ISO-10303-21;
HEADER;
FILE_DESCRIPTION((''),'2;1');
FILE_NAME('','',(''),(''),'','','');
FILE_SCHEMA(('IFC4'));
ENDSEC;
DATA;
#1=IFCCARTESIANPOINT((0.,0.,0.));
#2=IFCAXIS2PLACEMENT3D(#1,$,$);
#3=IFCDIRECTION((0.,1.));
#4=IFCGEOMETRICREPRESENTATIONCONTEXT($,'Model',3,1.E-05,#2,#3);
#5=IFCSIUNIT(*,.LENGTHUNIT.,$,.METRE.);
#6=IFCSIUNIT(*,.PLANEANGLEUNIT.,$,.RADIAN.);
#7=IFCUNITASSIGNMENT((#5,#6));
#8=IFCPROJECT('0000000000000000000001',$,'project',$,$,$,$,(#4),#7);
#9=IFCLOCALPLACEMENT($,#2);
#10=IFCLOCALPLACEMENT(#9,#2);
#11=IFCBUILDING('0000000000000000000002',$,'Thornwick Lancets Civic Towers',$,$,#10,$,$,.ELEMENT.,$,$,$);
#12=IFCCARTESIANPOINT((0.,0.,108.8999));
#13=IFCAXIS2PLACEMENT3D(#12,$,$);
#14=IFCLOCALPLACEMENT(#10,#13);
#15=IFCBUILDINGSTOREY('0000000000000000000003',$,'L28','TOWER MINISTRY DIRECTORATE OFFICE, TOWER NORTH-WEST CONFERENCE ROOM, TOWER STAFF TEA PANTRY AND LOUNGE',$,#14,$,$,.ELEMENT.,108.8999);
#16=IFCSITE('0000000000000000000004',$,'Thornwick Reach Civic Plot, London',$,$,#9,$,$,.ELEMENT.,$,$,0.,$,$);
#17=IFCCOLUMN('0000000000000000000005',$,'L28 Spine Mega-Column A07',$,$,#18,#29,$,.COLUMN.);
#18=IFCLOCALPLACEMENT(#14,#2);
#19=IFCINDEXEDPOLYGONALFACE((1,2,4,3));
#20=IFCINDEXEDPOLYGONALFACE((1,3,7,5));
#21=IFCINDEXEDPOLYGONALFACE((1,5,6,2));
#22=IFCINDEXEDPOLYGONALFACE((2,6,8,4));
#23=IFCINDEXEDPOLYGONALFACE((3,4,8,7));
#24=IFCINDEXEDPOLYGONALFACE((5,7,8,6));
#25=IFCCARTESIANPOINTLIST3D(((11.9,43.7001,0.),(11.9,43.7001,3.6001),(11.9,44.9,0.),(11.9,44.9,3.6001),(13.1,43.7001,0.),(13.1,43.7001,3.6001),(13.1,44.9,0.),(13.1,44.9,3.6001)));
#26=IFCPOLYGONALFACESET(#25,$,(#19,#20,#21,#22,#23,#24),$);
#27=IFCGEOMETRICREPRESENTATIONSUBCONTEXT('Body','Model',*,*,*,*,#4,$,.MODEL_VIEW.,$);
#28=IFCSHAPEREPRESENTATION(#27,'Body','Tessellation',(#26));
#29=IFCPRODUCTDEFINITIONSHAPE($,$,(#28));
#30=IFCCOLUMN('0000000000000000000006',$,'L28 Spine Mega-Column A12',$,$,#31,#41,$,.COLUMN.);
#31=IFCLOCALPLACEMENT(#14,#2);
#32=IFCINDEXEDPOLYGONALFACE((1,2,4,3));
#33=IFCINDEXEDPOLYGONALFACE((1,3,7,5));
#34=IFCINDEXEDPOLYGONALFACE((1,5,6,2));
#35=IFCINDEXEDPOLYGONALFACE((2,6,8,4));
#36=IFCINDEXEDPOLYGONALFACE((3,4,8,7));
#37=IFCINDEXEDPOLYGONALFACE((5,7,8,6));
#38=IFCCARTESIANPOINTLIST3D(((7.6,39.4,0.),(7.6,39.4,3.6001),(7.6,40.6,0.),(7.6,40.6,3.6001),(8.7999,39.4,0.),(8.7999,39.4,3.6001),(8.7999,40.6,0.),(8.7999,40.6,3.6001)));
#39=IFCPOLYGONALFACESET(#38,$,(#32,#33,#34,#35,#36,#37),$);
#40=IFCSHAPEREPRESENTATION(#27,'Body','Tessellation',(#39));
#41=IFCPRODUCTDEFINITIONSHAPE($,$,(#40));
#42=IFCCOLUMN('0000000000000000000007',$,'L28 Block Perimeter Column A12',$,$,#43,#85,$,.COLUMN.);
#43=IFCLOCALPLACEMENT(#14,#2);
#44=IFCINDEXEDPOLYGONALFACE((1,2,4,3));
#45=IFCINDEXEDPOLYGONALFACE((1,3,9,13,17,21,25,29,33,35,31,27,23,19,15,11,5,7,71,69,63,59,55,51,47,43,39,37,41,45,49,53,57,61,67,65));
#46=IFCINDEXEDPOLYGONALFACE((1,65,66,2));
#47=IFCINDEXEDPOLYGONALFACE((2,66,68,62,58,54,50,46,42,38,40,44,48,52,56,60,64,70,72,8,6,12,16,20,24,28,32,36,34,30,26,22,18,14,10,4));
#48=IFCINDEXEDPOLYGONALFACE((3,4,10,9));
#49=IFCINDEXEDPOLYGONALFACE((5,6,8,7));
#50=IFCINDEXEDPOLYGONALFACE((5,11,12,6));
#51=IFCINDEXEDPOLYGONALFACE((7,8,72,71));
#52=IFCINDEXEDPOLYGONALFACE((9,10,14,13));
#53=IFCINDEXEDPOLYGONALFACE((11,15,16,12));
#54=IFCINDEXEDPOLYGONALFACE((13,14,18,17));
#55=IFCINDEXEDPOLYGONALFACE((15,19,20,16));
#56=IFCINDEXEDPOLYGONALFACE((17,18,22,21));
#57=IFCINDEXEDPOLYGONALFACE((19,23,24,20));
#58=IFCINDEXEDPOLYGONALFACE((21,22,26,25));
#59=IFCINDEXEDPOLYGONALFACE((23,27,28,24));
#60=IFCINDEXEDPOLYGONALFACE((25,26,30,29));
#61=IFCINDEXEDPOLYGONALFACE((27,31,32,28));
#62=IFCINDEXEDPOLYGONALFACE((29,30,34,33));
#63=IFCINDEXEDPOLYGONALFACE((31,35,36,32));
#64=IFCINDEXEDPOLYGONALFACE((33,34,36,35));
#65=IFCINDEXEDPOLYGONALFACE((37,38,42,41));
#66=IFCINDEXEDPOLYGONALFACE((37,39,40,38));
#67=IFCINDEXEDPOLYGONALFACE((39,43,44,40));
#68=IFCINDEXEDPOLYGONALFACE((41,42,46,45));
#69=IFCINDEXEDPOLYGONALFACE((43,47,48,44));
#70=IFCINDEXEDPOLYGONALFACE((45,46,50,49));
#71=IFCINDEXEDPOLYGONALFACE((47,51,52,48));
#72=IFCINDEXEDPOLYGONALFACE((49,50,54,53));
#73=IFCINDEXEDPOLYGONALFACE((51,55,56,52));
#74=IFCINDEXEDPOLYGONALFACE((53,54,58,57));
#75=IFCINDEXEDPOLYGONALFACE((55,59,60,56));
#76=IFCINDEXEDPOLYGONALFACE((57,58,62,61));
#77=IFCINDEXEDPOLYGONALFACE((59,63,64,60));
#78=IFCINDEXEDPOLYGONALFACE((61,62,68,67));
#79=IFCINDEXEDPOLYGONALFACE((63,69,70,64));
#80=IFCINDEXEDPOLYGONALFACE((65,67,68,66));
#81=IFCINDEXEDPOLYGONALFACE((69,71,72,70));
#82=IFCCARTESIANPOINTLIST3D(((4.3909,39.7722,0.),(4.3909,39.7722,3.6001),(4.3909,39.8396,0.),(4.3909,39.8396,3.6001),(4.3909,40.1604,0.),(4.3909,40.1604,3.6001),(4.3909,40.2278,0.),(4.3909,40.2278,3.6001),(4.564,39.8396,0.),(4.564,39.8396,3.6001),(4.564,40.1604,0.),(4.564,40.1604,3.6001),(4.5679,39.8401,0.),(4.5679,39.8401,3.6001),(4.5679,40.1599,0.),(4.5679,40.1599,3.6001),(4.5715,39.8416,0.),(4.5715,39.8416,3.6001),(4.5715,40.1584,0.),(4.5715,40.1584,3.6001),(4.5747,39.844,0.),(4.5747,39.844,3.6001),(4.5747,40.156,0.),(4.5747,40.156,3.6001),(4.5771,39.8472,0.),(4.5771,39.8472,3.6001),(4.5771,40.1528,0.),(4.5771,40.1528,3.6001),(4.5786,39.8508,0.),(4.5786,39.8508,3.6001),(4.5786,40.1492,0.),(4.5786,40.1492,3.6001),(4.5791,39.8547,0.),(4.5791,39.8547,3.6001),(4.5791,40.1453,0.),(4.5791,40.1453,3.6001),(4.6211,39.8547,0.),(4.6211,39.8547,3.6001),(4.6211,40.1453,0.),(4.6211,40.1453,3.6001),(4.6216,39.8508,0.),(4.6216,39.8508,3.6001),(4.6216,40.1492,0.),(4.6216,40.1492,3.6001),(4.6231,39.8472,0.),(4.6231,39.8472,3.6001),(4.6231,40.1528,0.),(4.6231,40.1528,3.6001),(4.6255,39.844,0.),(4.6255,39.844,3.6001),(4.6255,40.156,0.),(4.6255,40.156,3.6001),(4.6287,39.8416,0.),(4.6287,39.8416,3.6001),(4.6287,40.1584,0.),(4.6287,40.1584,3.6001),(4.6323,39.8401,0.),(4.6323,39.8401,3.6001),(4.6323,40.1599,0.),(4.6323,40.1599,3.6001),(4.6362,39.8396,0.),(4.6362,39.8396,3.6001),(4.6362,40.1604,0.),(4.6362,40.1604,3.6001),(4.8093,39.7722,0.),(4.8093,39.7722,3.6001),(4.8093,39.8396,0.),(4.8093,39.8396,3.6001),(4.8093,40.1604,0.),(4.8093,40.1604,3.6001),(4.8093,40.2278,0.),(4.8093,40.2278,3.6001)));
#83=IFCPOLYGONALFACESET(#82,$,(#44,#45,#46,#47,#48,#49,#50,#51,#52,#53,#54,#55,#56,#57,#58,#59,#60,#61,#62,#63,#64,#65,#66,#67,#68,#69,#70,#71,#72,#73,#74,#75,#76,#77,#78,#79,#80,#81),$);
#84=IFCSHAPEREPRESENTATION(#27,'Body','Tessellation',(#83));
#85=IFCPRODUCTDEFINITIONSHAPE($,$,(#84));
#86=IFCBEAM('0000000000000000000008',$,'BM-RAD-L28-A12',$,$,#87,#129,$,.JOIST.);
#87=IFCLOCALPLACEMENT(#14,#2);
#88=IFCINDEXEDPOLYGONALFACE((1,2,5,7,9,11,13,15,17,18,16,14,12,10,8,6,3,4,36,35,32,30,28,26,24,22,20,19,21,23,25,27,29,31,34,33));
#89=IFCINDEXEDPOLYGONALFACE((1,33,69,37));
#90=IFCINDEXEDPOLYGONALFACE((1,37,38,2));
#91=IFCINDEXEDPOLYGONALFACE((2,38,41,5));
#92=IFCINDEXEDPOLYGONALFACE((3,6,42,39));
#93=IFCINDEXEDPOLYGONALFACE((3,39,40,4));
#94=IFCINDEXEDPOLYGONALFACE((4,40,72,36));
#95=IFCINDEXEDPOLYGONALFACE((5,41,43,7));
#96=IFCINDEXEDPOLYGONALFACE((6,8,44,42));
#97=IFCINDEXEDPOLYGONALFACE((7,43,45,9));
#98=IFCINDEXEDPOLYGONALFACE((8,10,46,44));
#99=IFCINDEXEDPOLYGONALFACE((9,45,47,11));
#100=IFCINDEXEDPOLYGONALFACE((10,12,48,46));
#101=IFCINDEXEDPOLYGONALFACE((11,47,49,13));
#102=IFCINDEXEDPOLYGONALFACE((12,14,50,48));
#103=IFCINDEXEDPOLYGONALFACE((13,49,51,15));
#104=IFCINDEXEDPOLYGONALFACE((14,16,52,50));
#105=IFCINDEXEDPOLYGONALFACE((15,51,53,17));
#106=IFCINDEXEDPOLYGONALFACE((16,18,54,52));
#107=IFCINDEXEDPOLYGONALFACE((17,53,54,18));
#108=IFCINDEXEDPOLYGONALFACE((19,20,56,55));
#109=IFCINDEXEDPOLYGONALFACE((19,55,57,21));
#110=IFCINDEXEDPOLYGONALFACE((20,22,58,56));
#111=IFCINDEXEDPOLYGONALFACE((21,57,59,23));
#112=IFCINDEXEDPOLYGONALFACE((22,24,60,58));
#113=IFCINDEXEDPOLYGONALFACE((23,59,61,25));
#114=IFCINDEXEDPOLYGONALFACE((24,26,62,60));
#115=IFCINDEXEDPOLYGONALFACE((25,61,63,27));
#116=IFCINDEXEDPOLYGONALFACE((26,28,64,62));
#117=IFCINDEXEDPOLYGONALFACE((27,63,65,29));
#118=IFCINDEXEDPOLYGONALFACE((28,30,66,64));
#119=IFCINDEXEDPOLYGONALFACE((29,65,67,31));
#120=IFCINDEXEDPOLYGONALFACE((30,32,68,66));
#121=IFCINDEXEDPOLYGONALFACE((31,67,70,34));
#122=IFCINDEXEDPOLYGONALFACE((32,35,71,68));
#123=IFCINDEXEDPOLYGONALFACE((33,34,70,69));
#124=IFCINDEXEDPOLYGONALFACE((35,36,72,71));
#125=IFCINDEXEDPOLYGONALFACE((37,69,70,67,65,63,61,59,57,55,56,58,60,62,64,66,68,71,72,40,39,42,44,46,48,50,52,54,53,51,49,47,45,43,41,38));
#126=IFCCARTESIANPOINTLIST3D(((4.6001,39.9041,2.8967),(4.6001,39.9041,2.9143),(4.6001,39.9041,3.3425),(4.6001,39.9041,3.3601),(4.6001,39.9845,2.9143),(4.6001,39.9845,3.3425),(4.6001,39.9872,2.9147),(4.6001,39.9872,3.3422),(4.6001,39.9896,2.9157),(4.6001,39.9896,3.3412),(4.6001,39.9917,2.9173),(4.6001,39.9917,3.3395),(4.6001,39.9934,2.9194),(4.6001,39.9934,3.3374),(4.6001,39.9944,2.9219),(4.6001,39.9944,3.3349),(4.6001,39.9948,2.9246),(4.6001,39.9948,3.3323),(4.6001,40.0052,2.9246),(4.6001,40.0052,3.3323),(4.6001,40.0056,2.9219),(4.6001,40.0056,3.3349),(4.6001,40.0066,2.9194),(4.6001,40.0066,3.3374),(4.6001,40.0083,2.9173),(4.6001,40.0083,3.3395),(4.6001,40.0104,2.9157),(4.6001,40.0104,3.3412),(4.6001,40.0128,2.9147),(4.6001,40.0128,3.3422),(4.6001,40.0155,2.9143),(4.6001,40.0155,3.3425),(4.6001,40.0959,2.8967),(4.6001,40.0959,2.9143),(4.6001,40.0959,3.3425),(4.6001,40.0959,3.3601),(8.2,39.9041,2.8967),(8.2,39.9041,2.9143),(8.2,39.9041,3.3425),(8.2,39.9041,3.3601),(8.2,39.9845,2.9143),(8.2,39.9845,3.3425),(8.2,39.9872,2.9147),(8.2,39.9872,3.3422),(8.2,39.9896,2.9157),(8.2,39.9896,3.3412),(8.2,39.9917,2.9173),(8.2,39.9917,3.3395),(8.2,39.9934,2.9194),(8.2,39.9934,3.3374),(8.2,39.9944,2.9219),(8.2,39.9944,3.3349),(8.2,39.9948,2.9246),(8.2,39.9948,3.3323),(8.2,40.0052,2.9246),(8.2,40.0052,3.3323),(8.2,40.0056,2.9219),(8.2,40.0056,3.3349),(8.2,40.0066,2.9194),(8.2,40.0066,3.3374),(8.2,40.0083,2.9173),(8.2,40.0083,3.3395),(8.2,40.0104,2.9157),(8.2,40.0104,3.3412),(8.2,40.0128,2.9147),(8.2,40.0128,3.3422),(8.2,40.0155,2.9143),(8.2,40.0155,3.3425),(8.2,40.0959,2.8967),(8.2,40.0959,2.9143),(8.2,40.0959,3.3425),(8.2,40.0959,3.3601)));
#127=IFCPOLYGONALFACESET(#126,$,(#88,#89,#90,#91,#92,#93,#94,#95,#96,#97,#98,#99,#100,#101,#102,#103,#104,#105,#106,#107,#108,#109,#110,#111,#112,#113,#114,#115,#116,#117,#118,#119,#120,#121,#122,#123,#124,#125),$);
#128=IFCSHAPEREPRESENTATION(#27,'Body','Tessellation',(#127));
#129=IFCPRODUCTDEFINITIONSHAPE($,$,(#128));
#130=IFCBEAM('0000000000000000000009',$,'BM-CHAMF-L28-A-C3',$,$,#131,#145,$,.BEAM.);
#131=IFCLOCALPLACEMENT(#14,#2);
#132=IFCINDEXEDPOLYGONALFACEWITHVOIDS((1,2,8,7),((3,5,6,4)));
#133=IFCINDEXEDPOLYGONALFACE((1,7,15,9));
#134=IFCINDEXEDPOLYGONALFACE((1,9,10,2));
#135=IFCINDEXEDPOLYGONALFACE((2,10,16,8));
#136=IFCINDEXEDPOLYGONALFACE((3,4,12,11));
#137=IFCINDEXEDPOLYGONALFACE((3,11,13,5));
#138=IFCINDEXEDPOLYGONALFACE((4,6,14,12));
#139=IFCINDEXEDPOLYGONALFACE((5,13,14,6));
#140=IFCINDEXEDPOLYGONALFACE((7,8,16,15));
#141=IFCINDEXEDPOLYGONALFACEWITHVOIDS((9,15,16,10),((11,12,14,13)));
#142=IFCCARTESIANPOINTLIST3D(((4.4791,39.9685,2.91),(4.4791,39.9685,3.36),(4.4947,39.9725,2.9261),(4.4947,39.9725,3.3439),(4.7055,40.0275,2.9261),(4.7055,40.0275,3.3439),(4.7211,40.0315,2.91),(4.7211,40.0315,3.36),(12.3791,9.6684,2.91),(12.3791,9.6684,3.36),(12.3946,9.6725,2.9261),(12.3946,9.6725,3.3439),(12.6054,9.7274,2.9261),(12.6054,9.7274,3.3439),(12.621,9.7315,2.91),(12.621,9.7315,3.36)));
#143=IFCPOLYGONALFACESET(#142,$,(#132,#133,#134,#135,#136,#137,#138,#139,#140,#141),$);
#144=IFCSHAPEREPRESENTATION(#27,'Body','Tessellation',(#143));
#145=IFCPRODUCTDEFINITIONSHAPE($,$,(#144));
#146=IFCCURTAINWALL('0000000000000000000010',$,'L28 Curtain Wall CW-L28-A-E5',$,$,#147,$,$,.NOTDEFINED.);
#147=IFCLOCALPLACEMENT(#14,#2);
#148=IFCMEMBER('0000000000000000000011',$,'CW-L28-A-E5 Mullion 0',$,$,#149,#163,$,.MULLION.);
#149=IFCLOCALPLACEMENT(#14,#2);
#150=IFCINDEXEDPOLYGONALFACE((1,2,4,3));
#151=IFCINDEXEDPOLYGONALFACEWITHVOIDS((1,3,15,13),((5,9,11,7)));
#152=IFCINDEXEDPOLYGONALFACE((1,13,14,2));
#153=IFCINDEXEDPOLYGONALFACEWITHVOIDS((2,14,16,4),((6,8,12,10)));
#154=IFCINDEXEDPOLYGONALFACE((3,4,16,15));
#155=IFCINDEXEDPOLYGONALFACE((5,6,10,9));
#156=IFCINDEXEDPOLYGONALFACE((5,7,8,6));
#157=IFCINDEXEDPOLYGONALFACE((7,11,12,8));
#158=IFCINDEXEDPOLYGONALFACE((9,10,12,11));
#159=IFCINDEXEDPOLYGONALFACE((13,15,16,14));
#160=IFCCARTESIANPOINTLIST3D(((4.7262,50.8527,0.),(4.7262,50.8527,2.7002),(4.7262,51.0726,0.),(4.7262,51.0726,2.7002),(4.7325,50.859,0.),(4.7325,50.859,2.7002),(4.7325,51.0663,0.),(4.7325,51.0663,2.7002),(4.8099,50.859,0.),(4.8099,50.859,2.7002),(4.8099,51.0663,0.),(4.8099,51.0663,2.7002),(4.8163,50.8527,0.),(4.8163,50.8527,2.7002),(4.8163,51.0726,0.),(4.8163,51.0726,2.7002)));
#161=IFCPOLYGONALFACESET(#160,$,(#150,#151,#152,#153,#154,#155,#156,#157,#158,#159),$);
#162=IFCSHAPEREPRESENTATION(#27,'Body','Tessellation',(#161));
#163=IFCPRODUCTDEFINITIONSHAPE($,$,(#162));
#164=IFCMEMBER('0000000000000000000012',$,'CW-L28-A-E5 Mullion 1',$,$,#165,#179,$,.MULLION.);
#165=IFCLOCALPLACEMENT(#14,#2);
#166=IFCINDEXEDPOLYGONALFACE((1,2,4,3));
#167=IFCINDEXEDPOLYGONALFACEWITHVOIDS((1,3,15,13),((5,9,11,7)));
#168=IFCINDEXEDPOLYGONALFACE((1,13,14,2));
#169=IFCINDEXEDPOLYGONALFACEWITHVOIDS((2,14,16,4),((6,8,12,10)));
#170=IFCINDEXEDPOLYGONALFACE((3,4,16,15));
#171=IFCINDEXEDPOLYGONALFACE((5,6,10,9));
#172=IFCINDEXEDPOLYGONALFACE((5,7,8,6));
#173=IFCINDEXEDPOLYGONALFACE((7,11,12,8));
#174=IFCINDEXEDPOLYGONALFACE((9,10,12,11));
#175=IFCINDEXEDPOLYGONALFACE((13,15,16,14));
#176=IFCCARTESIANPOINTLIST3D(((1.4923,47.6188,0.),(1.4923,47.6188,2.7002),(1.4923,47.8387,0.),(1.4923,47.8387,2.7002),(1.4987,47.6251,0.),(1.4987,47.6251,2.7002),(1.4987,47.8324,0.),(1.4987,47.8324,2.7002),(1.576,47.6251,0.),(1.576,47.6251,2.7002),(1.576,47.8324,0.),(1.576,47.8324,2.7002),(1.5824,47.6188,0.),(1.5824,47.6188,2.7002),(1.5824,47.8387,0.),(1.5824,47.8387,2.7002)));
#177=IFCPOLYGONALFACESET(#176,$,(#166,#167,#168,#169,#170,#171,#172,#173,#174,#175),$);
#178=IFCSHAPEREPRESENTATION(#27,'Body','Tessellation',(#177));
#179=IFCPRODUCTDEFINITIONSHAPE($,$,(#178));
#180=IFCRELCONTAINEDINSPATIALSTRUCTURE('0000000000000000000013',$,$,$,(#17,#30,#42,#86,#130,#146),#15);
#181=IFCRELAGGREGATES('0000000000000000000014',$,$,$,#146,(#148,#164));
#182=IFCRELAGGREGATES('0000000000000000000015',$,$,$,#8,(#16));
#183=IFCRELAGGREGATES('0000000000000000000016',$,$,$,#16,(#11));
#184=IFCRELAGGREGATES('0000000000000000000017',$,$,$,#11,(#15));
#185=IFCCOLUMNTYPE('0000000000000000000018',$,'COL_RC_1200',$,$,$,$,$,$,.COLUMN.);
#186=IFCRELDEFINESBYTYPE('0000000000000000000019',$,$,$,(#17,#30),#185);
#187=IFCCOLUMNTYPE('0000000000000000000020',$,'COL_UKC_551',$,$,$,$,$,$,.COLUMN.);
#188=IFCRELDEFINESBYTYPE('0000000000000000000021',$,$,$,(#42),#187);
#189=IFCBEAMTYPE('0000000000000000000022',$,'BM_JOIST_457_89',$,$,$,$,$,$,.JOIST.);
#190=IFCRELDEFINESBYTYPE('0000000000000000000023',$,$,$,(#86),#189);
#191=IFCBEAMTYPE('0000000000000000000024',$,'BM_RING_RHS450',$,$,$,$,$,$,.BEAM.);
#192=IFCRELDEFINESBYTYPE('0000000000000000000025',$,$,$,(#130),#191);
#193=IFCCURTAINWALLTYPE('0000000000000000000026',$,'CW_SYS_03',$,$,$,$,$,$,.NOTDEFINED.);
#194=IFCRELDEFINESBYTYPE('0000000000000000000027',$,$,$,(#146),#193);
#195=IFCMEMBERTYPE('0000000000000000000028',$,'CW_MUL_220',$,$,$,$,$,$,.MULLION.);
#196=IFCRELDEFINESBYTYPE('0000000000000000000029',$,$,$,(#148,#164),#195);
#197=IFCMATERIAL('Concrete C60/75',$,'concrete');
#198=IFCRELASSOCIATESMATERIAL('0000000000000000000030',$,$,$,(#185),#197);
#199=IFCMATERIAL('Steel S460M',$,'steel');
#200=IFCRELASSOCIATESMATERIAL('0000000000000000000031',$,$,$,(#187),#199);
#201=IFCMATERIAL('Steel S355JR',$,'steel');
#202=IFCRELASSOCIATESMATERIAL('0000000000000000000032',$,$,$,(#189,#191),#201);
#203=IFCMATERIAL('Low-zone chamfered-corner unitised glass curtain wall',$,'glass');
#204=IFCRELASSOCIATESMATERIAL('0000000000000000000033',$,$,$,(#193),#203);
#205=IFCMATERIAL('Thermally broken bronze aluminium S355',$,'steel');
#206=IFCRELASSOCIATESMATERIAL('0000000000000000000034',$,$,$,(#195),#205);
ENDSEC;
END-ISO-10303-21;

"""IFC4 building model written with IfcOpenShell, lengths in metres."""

from ifc_helpers import new_model, si_unit, direction, frame, origin, origin_2d, place, context, subcontext, project, spatial, rectangle, hollow_rectangle, i_section, extrude, material, material_profile, profile_set, type_object, element, aggregate, save


model = new_model("IFC4")

# Units and contexts
model_context = context("Model", 3, precision=1e-05, world=origin(), true_north=direction((0.0, 1.0)))
body_context = subcontext(model_context, "Body", "Model", "MODEL_VIEW")
ifc_project = project(units=[si_unit("LENGTHUNIT", "METRE"), si_unit("PLANEANGLEUNIT", "RADIAN")], contexts=[model_context])

# Site, building, storey
site_placement = place(None, origin())
site = spatial("IfcSite", under=ifc_project, at=site_placement, Name="Thornwick Reach Civic Plot, London", CompositionType="ELEMENT", RefElevation=0.0)
building_placement = place(site_placement, origin())
building = spatial("IfcBuilding", under=site, at=building_placement, Name="Thornwick Lancets Civic Towers", CompositionType="ELEMENT")
storey_placement = place(building_placement, frame((0.0, 0.0, 108.8999)))
storey = spatial("IfcBuildingStorey", under=building, at=storey_placement, Name="L28", Description="TOWER MINISTRY DIRECTORATE OFFICE, TOWER NORTH-WEST CONFERENCE ROOM, TOWER STAFF TEA PANTRY AND LOUNGE", CompositionType="ELEMENT", Elevation=108.8999)

# Columns
ifc_material_1 = material(Name="Concrete C60/75", Category="concrete")
ifc_material_profile_1 = material_profile(ifc_material_1, rectangle(XDim=1.2, YDim=1.2, at=origin_2d()), Name="RC 1200x1200")
ifc_profile_set_1 = profile_set([ifc_material_profile_1], Name="Concrete C60/75")
column_type_1 = type_object("IfcColumnType", Name="COL_RC_1200", PredefinedType="COLUMN", material=ifc_profile_set_1)
for number, where, z_axis, x_axis, name in (
    (1, (12.5, 44.3, 0.0), (0.0, 0.0, 1.0), (1.0, 0.0, 0.0), "L28 Spine Mega-Column A07"),
    (2, (8.2, 40.0, 0.0), (0.0, 0.0, 1.0), (1.0, 0.0, 0.0), "L28 Spine Mega-Column A12"),
):
    element("IfcColumn", number, at=place(storey_placement, frame(where, z_axis=z_axis, x_axis=x_axis)), inside=storey, type_object=column_type_1, Name=name, PredefinedType="COLUMN", context=body_context, shape_type="SweptSolid", body=[
        extrude(rectangle(XDim=1.2, YDim=1.2, at=origin_2d()), origin(), (0.0, 0.0, 1.0), 3.6001),
    ])
ifc_material_2 = material(Name="Steel S460M", Category="steel")
ifc_material_profile_2 = material_profile(ifc_material_2, i_section(OverallWidth=0.4185, OverallDepth=0.4556, WebThickness=0.042, FlangeThickness=0.0674, FilletRadius=0.0151, at=origin_2d()), Name="UKC 356x406x551")
ifc_profile_set_2 = profile_set([ifc_material_profile_2], Name="Steel S460M")
column_type_2 = type_object("IfcColumnType", Name="COL_UKC_551", PredefinedType="COLUMN", material=ifc_profile_set_2)
column_placement = place(storey_placement, frame((4.6001, 40.0, 0.0), z_axis=(0.0, 0.0, 1.0), x_axis=(1.0, 0.0, 0.0)))
element("IfcColumn", 3, at=column_placement, inside=storey, type_object=column_type_2, Name="L28 Block Perimeter Column A12", PredefinedType="COLUMN", context=body_context, shape_type="SweptSolid", body=[
    extrude(i_section(OverallWidth=0.4185, OverallDepth=0.4556, WebThickness=0.042, FlangeThickness=0.0674, FilletRadius=0.0151, at=origin_2d()), origin(), (0.0, 0.0, 1.0), 3.6001),
])

# Beams
ifc_material_3 = material(Name="Steel S355JR", Category="steel")
ifc_material_profile_3 = material_profile(ifc_material_3, i_section(OverallWidth=0.1919, OverallDepth=0.4634, WebThickness=0.0105, FlangeThickness=0.0176, FilletRadius=0.0103, at=origin_2d()), Name="UKB 457x191x89")
ifc_profile_set_3 = profile_set([ifc_material_profile_3], Name="Steel S355JR")
beam_type_1 = type_object("IfcBeamType", Name="BM_JOIST_457_89", PredefinedType="JOIST", material=ifc_profile_set_3)
beam_1_placement = place(storey_placement, frame((8.2, 40.0, 3.1284), z_axis=(-1.0, 0.0, 0.0), x_axis=(0.0, -1.0, 0.0)))
element("IfcBeam", 4, at=beam_1_placement, inside=storey, type_object=beam_type_1, Name="BM-RAD-L28-A12", PredefinedType="JOIST", context=body_context, shape_type="SweptSolid", body=[
    extrude(i_section(OverallWidth=0.1919, OverallDepth=0.4634, WebThickness=0.0105, FlangeThickness=0.0176, FilletRadius=0.0103, at=origin_2d()), origin(), (0.0, 0.0, 1.0), 3.5999),
])
ifc_material_profile_4 = material_profile(ifc_material_3, hollow_rectangle(XDim=0.25, YDim=0.45, WallThickness=0.0161, at=origin_2d()), Name="RHS 450x250x16")
ifc_profile_set_4 = profile_set([ifc_material_profile_4], Name="Steel S355JR")
beam_type_2 = type_object("IfcBeamType", Name="BM_RING_RHS450", PredefinedType="BEAM", material=ifc_profile_set_4)
beam_2_placement = place(storey_placement, frame((4.6001, 40.0, 3.135), z_axis=(0.252289, -0.967652, 0.0), x_axis=(0.967652, 0.252289, 0.0)))
element("IfcBeam", 5, at=beam_2_placement, inside=storey, type_object=beam_type_2, Name="BM-CHAMF-L28-A-C3", PredefinedType="BEAM", context=body_context, shape_type="SweptSolid", body=[
    extrude(hollow_rectangle(XDim=0.25, YDim=0.45, WallThickness=0.0161, at=origin_2d()), origin(), (0.0, 0.0, 1.0), 31.313),
])

# Curtain wall, members
ifc_material_4 = material(Name="Low-zone chamfered-corner unitised glass curtain wall", Category="glass")
curtain_wall_type = type_object("IfcCurtainWallType", Name="CW_SYS_03", PredefinedType="NOTDEFINED", material=ifc_material_4)
curtain_wall_placement = place(storey_placement, origin())
curtain_wall = element("IfcCurtainWall", 6, at=curtain_wall_placement, inside=storey, type_object=curtain_wall_type, Name="L28 Curtain Wall CW-L28-A-E5", PredefinedType="NOTDEFINED")
ifc_material_5 = material(Name="Thermally broken bronze aluminium S355", Category="steel")
ifc_material_profile_5 = material_profile(ifc_material_5, hollow_rectangle(XDim=0.0901, YDim=0.22, WallThickness=0.0063, at=origin_2d()), Name="RHS 220x90x6.3")
ifc_profile_set_5 = profile_set([ifc_material_profile_5], Name="Thermally broken bronze aluminium S355")
member_type_1 = type_object("IfcMemberType", Name="CW_MUL_220", PredefinedType="MULLION", material=ifc_profile_set_5)
member_1_placement = place(storey_placement, frame((4.7712, 50.9626, 0.0), z_axis=(0.0, 0.0, 1.0), x_axis=(1.0, 0.0, 0.0)))
member_1 = element("IfcMember", 7, at=member_1_placement, type_object=member_type_1, Name="CW-L28-A-E5 Mullion 0", PredefinedType="MULLION", context=body_context, shape_type="SweptSolid", body=[
    extrude(hollow_rectangle(XDim=0.0901, YDim=0.22, WallThickness=0.0063, at=origin_2d()), origin(), (0.0, 0.0, 1.0), 2.7002),
])
member_2_placement = place(storey_placement, frame((1.5374, 47.7288, 0.0), z_axis=(0.0, 0.0, 1.0), x_axis=(1.0, 0.0, 0.0)))
member_2 = element("IfcMember", 8, at=member_2_placement, type_object=member_type_1, Name="CW-L28-A-E5 Mullion 1", PredefinedType="MULLION", context=body_context, shape_type="SweptSolid", body=[
    extrude(hollow_rectangle(XDim=0.0901, YDim=0.22, WallThickness=0.0063, at=origin_2d()), origin(), (0.0, 0.0, 1.0), 2.7002),
])
aggregate(curtain_wall, [member_1, member_2])

save(model, "model.ifc")
